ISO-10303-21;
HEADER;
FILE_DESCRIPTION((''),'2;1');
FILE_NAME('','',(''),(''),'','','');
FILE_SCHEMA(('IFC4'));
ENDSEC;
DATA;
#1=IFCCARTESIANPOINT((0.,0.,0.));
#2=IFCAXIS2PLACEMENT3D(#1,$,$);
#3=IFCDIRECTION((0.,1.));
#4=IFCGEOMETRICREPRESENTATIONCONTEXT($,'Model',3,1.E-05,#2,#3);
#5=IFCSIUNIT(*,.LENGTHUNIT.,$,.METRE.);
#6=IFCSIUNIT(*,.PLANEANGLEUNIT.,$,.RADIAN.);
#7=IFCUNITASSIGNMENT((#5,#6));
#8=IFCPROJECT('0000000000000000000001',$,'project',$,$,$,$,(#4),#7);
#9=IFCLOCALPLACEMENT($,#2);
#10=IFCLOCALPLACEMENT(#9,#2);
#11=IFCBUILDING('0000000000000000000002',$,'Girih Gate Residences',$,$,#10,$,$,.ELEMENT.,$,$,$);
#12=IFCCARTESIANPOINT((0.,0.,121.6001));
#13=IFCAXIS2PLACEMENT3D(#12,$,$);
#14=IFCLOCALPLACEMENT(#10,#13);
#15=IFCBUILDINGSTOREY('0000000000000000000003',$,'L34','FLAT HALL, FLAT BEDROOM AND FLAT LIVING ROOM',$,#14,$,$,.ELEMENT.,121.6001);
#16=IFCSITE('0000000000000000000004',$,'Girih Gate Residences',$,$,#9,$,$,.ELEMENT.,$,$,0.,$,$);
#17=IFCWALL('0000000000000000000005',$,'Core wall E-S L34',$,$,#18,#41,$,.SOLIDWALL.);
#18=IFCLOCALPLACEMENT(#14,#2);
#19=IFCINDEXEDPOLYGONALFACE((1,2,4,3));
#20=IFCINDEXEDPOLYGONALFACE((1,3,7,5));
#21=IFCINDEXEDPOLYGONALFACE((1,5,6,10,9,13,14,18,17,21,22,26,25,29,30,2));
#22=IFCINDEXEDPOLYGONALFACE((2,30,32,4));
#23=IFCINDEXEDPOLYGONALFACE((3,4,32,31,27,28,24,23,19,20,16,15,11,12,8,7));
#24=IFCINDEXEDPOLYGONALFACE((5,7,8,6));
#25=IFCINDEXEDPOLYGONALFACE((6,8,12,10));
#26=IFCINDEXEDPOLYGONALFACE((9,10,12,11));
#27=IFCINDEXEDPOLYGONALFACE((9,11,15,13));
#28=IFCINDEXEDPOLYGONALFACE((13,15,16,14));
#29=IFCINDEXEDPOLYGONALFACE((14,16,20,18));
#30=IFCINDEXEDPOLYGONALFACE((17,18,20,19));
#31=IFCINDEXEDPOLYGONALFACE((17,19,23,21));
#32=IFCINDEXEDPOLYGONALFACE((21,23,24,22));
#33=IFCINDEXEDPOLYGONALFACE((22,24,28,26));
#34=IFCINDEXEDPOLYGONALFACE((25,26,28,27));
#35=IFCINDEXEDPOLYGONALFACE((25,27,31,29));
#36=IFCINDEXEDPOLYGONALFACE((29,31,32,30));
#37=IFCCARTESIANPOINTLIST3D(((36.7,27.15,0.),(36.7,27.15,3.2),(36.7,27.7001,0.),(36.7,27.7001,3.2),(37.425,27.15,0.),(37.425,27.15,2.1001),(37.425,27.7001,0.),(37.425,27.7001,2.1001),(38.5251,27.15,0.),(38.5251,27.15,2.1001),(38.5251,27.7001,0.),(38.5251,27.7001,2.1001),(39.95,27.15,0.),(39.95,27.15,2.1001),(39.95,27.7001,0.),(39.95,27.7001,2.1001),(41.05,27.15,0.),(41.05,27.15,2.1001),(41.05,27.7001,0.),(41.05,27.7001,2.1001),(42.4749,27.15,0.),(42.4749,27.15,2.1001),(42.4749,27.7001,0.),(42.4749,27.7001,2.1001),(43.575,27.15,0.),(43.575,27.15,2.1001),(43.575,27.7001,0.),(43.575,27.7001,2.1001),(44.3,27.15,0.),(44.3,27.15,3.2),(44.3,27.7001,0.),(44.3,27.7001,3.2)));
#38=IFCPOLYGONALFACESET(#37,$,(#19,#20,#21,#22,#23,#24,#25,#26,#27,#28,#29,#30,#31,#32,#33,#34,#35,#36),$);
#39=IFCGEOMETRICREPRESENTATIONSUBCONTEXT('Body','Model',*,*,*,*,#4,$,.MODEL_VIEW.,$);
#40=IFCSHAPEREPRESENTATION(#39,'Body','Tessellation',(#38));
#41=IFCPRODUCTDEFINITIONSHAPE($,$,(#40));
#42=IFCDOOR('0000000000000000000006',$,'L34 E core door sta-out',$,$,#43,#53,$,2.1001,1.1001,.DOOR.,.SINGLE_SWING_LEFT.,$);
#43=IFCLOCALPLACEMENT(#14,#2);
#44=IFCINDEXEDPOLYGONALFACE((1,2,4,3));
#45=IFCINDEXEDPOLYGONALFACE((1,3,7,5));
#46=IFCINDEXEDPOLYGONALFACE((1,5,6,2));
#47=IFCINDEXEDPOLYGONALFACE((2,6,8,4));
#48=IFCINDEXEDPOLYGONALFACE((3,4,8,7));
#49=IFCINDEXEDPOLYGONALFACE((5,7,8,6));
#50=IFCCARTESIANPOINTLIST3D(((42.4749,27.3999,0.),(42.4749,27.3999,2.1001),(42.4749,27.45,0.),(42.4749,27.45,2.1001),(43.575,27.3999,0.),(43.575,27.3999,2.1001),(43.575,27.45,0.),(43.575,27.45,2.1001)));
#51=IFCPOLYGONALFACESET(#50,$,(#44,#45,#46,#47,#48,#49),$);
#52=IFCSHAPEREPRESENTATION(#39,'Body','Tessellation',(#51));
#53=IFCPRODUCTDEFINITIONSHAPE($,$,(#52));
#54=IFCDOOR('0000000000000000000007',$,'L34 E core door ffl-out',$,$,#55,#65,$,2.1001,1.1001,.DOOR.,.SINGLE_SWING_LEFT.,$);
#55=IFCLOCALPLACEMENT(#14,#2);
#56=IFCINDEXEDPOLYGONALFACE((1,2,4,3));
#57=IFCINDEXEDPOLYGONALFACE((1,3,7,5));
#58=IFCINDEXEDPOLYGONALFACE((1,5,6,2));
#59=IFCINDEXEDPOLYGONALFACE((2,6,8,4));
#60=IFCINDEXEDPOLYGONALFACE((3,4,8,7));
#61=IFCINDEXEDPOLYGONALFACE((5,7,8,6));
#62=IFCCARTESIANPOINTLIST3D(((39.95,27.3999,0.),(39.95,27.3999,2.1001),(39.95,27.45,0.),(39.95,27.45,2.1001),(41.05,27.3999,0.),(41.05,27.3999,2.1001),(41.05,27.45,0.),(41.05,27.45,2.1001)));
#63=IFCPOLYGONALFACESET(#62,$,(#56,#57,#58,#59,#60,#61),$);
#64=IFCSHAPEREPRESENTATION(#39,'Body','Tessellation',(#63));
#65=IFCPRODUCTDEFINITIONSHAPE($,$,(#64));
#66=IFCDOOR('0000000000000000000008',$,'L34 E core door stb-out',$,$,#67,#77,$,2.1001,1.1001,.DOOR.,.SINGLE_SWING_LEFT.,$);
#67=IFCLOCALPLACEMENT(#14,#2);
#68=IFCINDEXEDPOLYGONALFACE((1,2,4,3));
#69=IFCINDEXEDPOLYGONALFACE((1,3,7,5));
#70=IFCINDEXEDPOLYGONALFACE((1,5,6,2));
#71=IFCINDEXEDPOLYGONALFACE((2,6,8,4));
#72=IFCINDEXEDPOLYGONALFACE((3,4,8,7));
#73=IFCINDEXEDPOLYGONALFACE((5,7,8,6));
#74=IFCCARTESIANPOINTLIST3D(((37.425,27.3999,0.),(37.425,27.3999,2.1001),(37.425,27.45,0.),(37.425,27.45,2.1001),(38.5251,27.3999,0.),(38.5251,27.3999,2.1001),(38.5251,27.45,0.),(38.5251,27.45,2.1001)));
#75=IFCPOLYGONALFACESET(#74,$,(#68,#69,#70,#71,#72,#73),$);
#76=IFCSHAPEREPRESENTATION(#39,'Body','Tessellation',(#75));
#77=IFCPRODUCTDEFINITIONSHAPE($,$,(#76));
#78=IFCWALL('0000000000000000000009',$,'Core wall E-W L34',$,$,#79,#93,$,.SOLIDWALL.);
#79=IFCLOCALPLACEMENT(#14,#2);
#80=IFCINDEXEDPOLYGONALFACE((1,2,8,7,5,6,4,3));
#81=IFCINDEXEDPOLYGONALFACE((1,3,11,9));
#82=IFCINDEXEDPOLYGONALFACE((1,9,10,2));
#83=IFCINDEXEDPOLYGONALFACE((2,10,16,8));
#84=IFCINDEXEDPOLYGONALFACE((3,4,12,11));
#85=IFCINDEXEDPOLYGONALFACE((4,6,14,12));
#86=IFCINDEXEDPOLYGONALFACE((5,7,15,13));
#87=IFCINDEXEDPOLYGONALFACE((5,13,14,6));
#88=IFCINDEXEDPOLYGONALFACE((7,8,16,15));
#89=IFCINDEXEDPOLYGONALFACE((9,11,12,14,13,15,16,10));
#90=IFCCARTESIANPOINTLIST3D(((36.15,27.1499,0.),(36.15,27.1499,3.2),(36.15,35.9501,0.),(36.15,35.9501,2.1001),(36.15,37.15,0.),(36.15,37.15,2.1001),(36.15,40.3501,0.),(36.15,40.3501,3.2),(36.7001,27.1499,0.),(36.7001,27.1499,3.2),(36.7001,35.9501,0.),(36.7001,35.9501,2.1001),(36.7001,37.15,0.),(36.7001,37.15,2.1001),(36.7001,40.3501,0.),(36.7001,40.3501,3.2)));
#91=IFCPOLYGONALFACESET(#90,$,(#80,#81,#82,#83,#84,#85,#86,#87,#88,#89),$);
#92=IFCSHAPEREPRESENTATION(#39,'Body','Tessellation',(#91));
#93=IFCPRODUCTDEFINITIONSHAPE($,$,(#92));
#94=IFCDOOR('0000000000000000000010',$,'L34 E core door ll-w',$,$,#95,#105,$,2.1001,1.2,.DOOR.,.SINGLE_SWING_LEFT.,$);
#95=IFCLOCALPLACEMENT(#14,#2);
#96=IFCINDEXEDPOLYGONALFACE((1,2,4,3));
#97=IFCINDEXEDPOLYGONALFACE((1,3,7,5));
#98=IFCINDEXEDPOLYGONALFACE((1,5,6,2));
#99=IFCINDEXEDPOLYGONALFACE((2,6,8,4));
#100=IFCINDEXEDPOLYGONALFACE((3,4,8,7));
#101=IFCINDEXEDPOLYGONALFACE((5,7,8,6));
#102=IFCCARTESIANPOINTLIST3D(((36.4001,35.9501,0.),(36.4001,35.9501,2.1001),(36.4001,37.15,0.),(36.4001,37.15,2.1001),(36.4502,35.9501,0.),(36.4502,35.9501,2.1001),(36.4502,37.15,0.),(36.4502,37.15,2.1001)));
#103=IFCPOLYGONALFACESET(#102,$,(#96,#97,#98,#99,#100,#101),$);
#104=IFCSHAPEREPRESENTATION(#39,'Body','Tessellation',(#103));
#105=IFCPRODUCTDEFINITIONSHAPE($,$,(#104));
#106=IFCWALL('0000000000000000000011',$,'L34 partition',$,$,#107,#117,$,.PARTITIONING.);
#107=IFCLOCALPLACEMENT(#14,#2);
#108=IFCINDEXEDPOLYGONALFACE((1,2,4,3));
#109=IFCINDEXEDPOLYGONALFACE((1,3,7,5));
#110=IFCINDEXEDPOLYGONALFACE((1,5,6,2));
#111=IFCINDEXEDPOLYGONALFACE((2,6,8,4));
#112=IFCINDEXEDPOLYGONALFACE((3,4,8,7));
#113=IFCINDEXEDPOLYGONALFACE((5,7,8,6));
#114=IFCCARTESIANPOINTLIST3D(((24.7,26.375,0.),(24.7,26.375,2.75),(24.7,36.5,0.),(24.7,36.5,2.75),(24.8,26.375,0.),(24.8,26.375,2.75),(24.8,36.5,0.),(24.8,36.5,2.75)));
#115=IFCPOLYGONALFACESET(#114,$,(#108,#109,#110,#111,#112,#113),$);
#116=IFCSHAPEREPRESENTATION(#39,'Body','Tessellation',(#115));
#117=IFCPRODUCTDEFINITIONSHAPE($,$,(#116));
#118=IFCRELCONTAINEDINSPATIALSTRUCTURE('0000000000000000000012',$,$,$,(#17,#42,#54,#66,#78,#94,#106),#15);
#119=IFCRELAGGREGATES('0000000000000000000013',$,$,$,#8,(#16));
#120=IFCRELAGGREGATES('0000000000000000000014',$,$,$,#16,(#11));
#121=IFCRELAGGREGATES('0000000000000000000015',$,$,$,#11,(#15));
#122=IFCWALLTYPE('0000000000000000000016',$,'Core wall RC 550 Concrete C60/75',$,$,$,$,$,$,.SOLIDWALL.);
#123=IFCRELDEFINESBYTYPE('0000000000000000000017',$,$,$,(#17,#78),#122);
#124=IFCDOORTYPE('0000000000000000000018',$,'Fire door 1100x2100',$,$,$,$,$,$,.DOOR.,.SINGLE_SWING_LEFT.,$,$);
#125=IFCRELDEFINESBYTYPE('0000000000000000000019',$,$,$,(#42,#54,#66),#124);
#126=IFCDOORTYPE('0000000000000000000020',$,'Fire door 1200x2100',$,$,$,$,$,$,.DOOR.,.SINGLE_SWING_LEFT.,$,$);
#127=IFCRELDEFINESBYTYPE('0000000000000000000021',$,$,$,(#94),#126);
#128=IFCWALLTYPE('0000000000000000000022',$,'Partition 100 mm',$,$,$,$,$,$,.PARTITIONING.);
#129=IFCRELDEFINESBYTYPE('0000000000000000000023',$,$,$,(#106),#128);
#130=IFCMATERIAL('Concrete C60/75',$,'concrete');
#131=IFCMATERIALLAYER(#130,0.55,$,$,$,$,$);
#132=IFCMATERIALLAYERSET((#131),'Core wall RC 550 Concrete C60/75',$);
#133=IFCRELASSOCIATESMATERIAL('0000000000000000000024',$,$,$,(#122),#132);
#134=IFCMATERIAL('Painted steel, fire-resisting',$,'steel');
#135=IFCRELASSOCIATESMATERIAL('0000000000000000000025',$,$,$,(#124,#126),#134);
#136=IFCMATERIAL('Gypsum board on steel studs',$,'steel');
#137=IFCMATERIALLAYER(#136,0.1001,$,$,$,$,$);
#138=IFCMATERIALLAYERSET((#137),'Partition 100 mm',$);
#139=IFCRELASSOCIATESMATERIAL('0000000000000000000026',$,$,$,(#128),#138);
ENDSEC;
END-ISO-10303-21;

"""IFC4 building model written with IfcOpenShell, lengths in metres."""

from ifc_helpers import new_model, si_unit, direction, frame, frame_2d, origin, place, context, subcontext, project, spatial, rectangle, extrude, material, layer, layer_set, type_object, element, fill, save


model = new_model("IFC4")

# Units and contexts
model_context = context("Model", 3, precision=1e-05, world=origin(), true_north=direction((0.0, 1.0)))
body_context = subcontext(model_context, "Body", "Model", "MODEL_VIEW")
ifc_project = project(units=[si_unit("LENGTHUNIT", "METRE"), si_unit("PLANEANGLEUNIT", "RADIAN")], contexts=[model_context])

# Site, building, storey
site_placement = place(None, origin())
site = spatial("IfcSite", under=ifc_project, at=site_placement, Name="Girih Gate Residences", CompositionType="ELEMENT", RefElevation=0.0)
building_placement = place(site_placement, origin())
building = spatial("IfcBuilding", under=site, at=building_placement, Name="Girih Gate Residences", CompositionType="ELEMENT")
storey_placement = place(building_placement, frame((0.0, 0.0, 121.6001)))
storey = spatial("IfcBuildingStorey", under=building, at=storey_placement, Name="L34", Description="FLAT HALL, FLAT BEDROOM AND FLAT LIVING ROOM", CompositionType="ELEMENT", Elevation=121.6001)

# Shared definitions
ifc_material_1 = material(Name="Concrete C60/75", Category="concrete")

# Shared definitions
ifc_material_2 = material(Name="Gypsum board on steel studs", Category="steel")

# Wall, openings, doors
ifc_layer_1 = layer(ifc_material_1, 0.55)
ifc_layer_set_1 = layer_set([ifc_layer_1], Name="Core wall RC 550 Concrete C60/75")
wall_type_1 = type_object("IfcWallType", Name="Core wall RC 550 Concrete C60/75", PredefinedType="SOLIDWALL", material=ifc_layer_set_1)
wall_1_placement = place(storey_placement, frame((36.7, 27.425, 0.0), z_axis=(0.0, 0.0, 1.0), x_axis=(1.0, 0.0, 0.0)))
wall_1 = element("IfcWall", 1, at=wall_1_placement, inside=storey, type_object=wall_type_1, Name="Core wall E-S L34", PredefinedType="SOLIDWALL", context=body_context, shape_type="SweptSolid", body=[
    extrude(rectangle(XDim=7.6001, YDim=0.55, at=frame_2d((3.8, 0.0))), origin(), (0.0, 0.0, 1.0), 3.2),
])
opening_1_placement = place(wall_1_placement, frame((5.7749, 0.0, 0.0)))
opening_1 = element("IfcOpeningElement", 2, at=opening_1_placement, cuts=wall_1, PredefinedType="OPENING", context=body_context, shape_type="SweptSolid", body=[
    extrude(rectangle(XDim=1.1001, YDim=2.1001, at=frame_2d((0.55, 1.05))), frame((0.0, 0.2849, 0.0), z_axis=(0.0, -1.0, 0.0), x_axis=(1.0, 0.0, 0.0)), (0.0, 0.0, 1.0), 0.5701),
])
opening_2_placement = place(wall_1_placement, frame((3.25, 0.0, 0.0)))
opening_2 = element("IfcOpeningElement", 3, at=opening_2_placement, cuts=wall_1, PredefinedType="OPENING", context=body_context, shape_type="SweptSolid", body=[
    extrude(rectangle(XDim=1.1001, YDim=2.1001, at=frame_2d((0.55, 1.05))), frame((0.0, 0.2849, 0.0), z_axis=(0.0, -1.0, 0.0), x_axis=(1.0, 0.0, 0.0)), (0.0, 0.0, 1.0), 0.5701),
])
opening_3_placement = place(wall_1_placement, frame((0.7251, 0.0, 0.0)))
opening_3 = element("IfcOpeningElement", 4, at=opening_3_placement, cuts=wall_1, PredefinedType="OPENING", context=body_context, shape_type="SweptSolid", body=[
    extrude(rectangle(XDim=1.1001, YDim=2.1001, at=frame_2d((0.55, 1.05))), frame((0.0, 0.2849, 0.0), z_axis=(0.0, -1.0, 0.0), x_axis=(1.0, 0.0, 0.0)), (0.0, 0.0, 1.0), 0.5701),
])
ifc_material_3 = material(Name="Painted steel, fire-resisting", Category="steel")
door_type_1 = type_object("IfcDoorType", Name="Fire door 1100x2100", OperationType="SINGLE_SWING_LEFT", PredefinedType="DOOR", material=ifc_material_3)
door_1_placement = place(opening_1_placement, origin())
door_1 = element("IfcDoor", 5, at=door_1_placement, inside=storey, type_object=door_type_1, Name="L34 E core door sta-out", OperationType="SINGLE_SWING_LEFT", OverallHeight=2.1001, OverallWidth=1.1001, PredefinedType="DOOR", context=body_context, shape_type="SweptSolid", body=[
    extrude(rectangle(XDim=1.1001, YDim=2.1001, at=frame_2d((0.55, 1.05))), frame((0.0, 0.0249, 0.0), z_axis=(0.0, -1.0, 0.0), x_axis=(1.0, 0.0, 0.0)), (0.0, 0.0, 1.0), 0.05),
])
fill(opening_1, door_1)
door_2_placement = place(opening_2_placement, origin())
door_2 = element("IfcDoor", 6, at=door_2_placement, inside=storey, type_object=door_type_1, Name="L34 E core door ffl-out", OperationType="SINGLE_SWING_LEFT", OverallHeight=2.1001, OverallWidth=1.1001, PredefinedType="DOOR", context=body_context, shape_type="SweptSolid", body=[
    extrude(rectangle(XDim=1.1001, YDim=2.1001, at=frame_2d((0.55, 1.05))), frame((0.0, 0.0249, 0.0), z_axis=(0.0, -1.0, 0.0), x_axis=(1.0, 0.0, 0.0)), (0.0, 0.0, 1.0), 0.05),
])
fill(opening_2, door_2)
door_3_placement = place(opening_3_placement, origin())
door_3 = element("IfcDoor", 7, at=door_3_placement, inside=storey, type_object=door_type_1, Name="L34 E core door stb-out", OperationType="SINGLE_SWING_LEFT", OverallHeight=2.1001, OverallWidth=1.1001, PredefinedType="DOOR", context=body_context, shape_type="SweptSolid", body=[
    extrude(rectangle(XDim=1.1001, YDim=2.1001, at=frame_2d((0.55, 1.05))), frame((0.0, 0.0249, 0.0), z_axis=(0.0, -1.0, 0.0), x_axis=(1.0, 0.0, 0.0)), (0.0, 0.0, 1.0), 0.05),
])
fill(opening_3, door_3)

# Wall, opening, door
wall_2_placement = place(storey_placement, frame((36.425, 27.1499, 0.0), z_axis=(0.0, 0.0, 1.0), x_axis=(0.0, 1.0, 0.0)))
wall_2 = element("IfcWall", 8, at=wall_2_placement, inside=storey, type_object=wall_type_1, Name="Core wall E-W L34", PredefinedType="SOLIDWALL", context=body_context, shape_type="SweptSolid", body=[
    extrude(rectangle(XDim=13.2002, YDim=0.55, at=frame_2d((6.6001, 0.0))), origin(), (0.0, 0.0, 1.0), 3.2),
])
opening_4_placement = place(wall_2_placement, frame((8.8, 0.0, 0.0)))
opening_4 = element("IfcOpeningElement", 9, at=opening_4_placement, cuts=wall_2, PredefinedType="OPENING", context=body_context, shape_type="SweptSolid", body=[
    extrude(rectangle(XDim=1.2, YDim=2.1001, at=frame_2d((0.6001, 1.05))), frame((0.0, 0.2849, 0.0), z_axis=(0.0, -1.0, 0.0), x_axis=(1.0, 0.0, 0.0)), (0.0, 0.0, 1.0), 0.5701),
])
door_type_2 = type_object("IfcDoorType", Name="Fire door 1200x2100", OperationType="SINGLE_SWING_LEFT", PredefinedType="DOOR", material=ifc_material_3)
door_4_placement = place(opening_4_placement, origin())
door_4 = element("IfcDoor", 10, at=door_4_placement, inside=storey, type_object=door_type_2, Name="L34 E core door ll-w", OperationType="SINGLE_SWING_LEFT", OverallHeight=2.1001, OverallWidth=1.2, PredefinedType="DOOR", context=body_context, shape_type="SweptSolid", body=[
    extrude(rectangle(XDim=1.2, YDim=2.1001, at=frame_2d((0.6001, 1.05))), frame((0.0, 0.0249, 0.0), z_axis=(0.0, -1.0, 0.0), x_axis=(1.0, 0.0, 0.0)), (0.0, 0.0, 1.0), 0.05),
])
fill(opening_4, door_4)

# Wall
ifc_layer_2 = layer(ifc_material_2, 0.1001)
ifc_layer_set_2 = layer_set([ifc_layer_2], Name="Partition 100 mm")
wall_type_2 = type_object("IfcWallType", Name="Partition 100 mm", PredefinedType="PARTITIONING", material=ifc_layer_set_2)
wall_3_placement = place(storey_placement, frame((24.75, 26.375, 0.0), z_axis=(0.0, 0.0, 1.0), x_axis=(0.0, 1.0, 0.0)))
element("IfcWall", 11, at=wall_3_placement, inside=storey, type_object=wall_type_2, Name="L34 partition", PredefinedType="PARTITIONING", context=body_context, shape_type="SweptSolid", body=[
    extrude(rectangle(XDim=10.125, YDim=0.1001, at=frame_2d((5.0625, 0.0))), origin(), (0.0, 0.0, 1.0), 2.75),
])

save(model, "model.ifc")
